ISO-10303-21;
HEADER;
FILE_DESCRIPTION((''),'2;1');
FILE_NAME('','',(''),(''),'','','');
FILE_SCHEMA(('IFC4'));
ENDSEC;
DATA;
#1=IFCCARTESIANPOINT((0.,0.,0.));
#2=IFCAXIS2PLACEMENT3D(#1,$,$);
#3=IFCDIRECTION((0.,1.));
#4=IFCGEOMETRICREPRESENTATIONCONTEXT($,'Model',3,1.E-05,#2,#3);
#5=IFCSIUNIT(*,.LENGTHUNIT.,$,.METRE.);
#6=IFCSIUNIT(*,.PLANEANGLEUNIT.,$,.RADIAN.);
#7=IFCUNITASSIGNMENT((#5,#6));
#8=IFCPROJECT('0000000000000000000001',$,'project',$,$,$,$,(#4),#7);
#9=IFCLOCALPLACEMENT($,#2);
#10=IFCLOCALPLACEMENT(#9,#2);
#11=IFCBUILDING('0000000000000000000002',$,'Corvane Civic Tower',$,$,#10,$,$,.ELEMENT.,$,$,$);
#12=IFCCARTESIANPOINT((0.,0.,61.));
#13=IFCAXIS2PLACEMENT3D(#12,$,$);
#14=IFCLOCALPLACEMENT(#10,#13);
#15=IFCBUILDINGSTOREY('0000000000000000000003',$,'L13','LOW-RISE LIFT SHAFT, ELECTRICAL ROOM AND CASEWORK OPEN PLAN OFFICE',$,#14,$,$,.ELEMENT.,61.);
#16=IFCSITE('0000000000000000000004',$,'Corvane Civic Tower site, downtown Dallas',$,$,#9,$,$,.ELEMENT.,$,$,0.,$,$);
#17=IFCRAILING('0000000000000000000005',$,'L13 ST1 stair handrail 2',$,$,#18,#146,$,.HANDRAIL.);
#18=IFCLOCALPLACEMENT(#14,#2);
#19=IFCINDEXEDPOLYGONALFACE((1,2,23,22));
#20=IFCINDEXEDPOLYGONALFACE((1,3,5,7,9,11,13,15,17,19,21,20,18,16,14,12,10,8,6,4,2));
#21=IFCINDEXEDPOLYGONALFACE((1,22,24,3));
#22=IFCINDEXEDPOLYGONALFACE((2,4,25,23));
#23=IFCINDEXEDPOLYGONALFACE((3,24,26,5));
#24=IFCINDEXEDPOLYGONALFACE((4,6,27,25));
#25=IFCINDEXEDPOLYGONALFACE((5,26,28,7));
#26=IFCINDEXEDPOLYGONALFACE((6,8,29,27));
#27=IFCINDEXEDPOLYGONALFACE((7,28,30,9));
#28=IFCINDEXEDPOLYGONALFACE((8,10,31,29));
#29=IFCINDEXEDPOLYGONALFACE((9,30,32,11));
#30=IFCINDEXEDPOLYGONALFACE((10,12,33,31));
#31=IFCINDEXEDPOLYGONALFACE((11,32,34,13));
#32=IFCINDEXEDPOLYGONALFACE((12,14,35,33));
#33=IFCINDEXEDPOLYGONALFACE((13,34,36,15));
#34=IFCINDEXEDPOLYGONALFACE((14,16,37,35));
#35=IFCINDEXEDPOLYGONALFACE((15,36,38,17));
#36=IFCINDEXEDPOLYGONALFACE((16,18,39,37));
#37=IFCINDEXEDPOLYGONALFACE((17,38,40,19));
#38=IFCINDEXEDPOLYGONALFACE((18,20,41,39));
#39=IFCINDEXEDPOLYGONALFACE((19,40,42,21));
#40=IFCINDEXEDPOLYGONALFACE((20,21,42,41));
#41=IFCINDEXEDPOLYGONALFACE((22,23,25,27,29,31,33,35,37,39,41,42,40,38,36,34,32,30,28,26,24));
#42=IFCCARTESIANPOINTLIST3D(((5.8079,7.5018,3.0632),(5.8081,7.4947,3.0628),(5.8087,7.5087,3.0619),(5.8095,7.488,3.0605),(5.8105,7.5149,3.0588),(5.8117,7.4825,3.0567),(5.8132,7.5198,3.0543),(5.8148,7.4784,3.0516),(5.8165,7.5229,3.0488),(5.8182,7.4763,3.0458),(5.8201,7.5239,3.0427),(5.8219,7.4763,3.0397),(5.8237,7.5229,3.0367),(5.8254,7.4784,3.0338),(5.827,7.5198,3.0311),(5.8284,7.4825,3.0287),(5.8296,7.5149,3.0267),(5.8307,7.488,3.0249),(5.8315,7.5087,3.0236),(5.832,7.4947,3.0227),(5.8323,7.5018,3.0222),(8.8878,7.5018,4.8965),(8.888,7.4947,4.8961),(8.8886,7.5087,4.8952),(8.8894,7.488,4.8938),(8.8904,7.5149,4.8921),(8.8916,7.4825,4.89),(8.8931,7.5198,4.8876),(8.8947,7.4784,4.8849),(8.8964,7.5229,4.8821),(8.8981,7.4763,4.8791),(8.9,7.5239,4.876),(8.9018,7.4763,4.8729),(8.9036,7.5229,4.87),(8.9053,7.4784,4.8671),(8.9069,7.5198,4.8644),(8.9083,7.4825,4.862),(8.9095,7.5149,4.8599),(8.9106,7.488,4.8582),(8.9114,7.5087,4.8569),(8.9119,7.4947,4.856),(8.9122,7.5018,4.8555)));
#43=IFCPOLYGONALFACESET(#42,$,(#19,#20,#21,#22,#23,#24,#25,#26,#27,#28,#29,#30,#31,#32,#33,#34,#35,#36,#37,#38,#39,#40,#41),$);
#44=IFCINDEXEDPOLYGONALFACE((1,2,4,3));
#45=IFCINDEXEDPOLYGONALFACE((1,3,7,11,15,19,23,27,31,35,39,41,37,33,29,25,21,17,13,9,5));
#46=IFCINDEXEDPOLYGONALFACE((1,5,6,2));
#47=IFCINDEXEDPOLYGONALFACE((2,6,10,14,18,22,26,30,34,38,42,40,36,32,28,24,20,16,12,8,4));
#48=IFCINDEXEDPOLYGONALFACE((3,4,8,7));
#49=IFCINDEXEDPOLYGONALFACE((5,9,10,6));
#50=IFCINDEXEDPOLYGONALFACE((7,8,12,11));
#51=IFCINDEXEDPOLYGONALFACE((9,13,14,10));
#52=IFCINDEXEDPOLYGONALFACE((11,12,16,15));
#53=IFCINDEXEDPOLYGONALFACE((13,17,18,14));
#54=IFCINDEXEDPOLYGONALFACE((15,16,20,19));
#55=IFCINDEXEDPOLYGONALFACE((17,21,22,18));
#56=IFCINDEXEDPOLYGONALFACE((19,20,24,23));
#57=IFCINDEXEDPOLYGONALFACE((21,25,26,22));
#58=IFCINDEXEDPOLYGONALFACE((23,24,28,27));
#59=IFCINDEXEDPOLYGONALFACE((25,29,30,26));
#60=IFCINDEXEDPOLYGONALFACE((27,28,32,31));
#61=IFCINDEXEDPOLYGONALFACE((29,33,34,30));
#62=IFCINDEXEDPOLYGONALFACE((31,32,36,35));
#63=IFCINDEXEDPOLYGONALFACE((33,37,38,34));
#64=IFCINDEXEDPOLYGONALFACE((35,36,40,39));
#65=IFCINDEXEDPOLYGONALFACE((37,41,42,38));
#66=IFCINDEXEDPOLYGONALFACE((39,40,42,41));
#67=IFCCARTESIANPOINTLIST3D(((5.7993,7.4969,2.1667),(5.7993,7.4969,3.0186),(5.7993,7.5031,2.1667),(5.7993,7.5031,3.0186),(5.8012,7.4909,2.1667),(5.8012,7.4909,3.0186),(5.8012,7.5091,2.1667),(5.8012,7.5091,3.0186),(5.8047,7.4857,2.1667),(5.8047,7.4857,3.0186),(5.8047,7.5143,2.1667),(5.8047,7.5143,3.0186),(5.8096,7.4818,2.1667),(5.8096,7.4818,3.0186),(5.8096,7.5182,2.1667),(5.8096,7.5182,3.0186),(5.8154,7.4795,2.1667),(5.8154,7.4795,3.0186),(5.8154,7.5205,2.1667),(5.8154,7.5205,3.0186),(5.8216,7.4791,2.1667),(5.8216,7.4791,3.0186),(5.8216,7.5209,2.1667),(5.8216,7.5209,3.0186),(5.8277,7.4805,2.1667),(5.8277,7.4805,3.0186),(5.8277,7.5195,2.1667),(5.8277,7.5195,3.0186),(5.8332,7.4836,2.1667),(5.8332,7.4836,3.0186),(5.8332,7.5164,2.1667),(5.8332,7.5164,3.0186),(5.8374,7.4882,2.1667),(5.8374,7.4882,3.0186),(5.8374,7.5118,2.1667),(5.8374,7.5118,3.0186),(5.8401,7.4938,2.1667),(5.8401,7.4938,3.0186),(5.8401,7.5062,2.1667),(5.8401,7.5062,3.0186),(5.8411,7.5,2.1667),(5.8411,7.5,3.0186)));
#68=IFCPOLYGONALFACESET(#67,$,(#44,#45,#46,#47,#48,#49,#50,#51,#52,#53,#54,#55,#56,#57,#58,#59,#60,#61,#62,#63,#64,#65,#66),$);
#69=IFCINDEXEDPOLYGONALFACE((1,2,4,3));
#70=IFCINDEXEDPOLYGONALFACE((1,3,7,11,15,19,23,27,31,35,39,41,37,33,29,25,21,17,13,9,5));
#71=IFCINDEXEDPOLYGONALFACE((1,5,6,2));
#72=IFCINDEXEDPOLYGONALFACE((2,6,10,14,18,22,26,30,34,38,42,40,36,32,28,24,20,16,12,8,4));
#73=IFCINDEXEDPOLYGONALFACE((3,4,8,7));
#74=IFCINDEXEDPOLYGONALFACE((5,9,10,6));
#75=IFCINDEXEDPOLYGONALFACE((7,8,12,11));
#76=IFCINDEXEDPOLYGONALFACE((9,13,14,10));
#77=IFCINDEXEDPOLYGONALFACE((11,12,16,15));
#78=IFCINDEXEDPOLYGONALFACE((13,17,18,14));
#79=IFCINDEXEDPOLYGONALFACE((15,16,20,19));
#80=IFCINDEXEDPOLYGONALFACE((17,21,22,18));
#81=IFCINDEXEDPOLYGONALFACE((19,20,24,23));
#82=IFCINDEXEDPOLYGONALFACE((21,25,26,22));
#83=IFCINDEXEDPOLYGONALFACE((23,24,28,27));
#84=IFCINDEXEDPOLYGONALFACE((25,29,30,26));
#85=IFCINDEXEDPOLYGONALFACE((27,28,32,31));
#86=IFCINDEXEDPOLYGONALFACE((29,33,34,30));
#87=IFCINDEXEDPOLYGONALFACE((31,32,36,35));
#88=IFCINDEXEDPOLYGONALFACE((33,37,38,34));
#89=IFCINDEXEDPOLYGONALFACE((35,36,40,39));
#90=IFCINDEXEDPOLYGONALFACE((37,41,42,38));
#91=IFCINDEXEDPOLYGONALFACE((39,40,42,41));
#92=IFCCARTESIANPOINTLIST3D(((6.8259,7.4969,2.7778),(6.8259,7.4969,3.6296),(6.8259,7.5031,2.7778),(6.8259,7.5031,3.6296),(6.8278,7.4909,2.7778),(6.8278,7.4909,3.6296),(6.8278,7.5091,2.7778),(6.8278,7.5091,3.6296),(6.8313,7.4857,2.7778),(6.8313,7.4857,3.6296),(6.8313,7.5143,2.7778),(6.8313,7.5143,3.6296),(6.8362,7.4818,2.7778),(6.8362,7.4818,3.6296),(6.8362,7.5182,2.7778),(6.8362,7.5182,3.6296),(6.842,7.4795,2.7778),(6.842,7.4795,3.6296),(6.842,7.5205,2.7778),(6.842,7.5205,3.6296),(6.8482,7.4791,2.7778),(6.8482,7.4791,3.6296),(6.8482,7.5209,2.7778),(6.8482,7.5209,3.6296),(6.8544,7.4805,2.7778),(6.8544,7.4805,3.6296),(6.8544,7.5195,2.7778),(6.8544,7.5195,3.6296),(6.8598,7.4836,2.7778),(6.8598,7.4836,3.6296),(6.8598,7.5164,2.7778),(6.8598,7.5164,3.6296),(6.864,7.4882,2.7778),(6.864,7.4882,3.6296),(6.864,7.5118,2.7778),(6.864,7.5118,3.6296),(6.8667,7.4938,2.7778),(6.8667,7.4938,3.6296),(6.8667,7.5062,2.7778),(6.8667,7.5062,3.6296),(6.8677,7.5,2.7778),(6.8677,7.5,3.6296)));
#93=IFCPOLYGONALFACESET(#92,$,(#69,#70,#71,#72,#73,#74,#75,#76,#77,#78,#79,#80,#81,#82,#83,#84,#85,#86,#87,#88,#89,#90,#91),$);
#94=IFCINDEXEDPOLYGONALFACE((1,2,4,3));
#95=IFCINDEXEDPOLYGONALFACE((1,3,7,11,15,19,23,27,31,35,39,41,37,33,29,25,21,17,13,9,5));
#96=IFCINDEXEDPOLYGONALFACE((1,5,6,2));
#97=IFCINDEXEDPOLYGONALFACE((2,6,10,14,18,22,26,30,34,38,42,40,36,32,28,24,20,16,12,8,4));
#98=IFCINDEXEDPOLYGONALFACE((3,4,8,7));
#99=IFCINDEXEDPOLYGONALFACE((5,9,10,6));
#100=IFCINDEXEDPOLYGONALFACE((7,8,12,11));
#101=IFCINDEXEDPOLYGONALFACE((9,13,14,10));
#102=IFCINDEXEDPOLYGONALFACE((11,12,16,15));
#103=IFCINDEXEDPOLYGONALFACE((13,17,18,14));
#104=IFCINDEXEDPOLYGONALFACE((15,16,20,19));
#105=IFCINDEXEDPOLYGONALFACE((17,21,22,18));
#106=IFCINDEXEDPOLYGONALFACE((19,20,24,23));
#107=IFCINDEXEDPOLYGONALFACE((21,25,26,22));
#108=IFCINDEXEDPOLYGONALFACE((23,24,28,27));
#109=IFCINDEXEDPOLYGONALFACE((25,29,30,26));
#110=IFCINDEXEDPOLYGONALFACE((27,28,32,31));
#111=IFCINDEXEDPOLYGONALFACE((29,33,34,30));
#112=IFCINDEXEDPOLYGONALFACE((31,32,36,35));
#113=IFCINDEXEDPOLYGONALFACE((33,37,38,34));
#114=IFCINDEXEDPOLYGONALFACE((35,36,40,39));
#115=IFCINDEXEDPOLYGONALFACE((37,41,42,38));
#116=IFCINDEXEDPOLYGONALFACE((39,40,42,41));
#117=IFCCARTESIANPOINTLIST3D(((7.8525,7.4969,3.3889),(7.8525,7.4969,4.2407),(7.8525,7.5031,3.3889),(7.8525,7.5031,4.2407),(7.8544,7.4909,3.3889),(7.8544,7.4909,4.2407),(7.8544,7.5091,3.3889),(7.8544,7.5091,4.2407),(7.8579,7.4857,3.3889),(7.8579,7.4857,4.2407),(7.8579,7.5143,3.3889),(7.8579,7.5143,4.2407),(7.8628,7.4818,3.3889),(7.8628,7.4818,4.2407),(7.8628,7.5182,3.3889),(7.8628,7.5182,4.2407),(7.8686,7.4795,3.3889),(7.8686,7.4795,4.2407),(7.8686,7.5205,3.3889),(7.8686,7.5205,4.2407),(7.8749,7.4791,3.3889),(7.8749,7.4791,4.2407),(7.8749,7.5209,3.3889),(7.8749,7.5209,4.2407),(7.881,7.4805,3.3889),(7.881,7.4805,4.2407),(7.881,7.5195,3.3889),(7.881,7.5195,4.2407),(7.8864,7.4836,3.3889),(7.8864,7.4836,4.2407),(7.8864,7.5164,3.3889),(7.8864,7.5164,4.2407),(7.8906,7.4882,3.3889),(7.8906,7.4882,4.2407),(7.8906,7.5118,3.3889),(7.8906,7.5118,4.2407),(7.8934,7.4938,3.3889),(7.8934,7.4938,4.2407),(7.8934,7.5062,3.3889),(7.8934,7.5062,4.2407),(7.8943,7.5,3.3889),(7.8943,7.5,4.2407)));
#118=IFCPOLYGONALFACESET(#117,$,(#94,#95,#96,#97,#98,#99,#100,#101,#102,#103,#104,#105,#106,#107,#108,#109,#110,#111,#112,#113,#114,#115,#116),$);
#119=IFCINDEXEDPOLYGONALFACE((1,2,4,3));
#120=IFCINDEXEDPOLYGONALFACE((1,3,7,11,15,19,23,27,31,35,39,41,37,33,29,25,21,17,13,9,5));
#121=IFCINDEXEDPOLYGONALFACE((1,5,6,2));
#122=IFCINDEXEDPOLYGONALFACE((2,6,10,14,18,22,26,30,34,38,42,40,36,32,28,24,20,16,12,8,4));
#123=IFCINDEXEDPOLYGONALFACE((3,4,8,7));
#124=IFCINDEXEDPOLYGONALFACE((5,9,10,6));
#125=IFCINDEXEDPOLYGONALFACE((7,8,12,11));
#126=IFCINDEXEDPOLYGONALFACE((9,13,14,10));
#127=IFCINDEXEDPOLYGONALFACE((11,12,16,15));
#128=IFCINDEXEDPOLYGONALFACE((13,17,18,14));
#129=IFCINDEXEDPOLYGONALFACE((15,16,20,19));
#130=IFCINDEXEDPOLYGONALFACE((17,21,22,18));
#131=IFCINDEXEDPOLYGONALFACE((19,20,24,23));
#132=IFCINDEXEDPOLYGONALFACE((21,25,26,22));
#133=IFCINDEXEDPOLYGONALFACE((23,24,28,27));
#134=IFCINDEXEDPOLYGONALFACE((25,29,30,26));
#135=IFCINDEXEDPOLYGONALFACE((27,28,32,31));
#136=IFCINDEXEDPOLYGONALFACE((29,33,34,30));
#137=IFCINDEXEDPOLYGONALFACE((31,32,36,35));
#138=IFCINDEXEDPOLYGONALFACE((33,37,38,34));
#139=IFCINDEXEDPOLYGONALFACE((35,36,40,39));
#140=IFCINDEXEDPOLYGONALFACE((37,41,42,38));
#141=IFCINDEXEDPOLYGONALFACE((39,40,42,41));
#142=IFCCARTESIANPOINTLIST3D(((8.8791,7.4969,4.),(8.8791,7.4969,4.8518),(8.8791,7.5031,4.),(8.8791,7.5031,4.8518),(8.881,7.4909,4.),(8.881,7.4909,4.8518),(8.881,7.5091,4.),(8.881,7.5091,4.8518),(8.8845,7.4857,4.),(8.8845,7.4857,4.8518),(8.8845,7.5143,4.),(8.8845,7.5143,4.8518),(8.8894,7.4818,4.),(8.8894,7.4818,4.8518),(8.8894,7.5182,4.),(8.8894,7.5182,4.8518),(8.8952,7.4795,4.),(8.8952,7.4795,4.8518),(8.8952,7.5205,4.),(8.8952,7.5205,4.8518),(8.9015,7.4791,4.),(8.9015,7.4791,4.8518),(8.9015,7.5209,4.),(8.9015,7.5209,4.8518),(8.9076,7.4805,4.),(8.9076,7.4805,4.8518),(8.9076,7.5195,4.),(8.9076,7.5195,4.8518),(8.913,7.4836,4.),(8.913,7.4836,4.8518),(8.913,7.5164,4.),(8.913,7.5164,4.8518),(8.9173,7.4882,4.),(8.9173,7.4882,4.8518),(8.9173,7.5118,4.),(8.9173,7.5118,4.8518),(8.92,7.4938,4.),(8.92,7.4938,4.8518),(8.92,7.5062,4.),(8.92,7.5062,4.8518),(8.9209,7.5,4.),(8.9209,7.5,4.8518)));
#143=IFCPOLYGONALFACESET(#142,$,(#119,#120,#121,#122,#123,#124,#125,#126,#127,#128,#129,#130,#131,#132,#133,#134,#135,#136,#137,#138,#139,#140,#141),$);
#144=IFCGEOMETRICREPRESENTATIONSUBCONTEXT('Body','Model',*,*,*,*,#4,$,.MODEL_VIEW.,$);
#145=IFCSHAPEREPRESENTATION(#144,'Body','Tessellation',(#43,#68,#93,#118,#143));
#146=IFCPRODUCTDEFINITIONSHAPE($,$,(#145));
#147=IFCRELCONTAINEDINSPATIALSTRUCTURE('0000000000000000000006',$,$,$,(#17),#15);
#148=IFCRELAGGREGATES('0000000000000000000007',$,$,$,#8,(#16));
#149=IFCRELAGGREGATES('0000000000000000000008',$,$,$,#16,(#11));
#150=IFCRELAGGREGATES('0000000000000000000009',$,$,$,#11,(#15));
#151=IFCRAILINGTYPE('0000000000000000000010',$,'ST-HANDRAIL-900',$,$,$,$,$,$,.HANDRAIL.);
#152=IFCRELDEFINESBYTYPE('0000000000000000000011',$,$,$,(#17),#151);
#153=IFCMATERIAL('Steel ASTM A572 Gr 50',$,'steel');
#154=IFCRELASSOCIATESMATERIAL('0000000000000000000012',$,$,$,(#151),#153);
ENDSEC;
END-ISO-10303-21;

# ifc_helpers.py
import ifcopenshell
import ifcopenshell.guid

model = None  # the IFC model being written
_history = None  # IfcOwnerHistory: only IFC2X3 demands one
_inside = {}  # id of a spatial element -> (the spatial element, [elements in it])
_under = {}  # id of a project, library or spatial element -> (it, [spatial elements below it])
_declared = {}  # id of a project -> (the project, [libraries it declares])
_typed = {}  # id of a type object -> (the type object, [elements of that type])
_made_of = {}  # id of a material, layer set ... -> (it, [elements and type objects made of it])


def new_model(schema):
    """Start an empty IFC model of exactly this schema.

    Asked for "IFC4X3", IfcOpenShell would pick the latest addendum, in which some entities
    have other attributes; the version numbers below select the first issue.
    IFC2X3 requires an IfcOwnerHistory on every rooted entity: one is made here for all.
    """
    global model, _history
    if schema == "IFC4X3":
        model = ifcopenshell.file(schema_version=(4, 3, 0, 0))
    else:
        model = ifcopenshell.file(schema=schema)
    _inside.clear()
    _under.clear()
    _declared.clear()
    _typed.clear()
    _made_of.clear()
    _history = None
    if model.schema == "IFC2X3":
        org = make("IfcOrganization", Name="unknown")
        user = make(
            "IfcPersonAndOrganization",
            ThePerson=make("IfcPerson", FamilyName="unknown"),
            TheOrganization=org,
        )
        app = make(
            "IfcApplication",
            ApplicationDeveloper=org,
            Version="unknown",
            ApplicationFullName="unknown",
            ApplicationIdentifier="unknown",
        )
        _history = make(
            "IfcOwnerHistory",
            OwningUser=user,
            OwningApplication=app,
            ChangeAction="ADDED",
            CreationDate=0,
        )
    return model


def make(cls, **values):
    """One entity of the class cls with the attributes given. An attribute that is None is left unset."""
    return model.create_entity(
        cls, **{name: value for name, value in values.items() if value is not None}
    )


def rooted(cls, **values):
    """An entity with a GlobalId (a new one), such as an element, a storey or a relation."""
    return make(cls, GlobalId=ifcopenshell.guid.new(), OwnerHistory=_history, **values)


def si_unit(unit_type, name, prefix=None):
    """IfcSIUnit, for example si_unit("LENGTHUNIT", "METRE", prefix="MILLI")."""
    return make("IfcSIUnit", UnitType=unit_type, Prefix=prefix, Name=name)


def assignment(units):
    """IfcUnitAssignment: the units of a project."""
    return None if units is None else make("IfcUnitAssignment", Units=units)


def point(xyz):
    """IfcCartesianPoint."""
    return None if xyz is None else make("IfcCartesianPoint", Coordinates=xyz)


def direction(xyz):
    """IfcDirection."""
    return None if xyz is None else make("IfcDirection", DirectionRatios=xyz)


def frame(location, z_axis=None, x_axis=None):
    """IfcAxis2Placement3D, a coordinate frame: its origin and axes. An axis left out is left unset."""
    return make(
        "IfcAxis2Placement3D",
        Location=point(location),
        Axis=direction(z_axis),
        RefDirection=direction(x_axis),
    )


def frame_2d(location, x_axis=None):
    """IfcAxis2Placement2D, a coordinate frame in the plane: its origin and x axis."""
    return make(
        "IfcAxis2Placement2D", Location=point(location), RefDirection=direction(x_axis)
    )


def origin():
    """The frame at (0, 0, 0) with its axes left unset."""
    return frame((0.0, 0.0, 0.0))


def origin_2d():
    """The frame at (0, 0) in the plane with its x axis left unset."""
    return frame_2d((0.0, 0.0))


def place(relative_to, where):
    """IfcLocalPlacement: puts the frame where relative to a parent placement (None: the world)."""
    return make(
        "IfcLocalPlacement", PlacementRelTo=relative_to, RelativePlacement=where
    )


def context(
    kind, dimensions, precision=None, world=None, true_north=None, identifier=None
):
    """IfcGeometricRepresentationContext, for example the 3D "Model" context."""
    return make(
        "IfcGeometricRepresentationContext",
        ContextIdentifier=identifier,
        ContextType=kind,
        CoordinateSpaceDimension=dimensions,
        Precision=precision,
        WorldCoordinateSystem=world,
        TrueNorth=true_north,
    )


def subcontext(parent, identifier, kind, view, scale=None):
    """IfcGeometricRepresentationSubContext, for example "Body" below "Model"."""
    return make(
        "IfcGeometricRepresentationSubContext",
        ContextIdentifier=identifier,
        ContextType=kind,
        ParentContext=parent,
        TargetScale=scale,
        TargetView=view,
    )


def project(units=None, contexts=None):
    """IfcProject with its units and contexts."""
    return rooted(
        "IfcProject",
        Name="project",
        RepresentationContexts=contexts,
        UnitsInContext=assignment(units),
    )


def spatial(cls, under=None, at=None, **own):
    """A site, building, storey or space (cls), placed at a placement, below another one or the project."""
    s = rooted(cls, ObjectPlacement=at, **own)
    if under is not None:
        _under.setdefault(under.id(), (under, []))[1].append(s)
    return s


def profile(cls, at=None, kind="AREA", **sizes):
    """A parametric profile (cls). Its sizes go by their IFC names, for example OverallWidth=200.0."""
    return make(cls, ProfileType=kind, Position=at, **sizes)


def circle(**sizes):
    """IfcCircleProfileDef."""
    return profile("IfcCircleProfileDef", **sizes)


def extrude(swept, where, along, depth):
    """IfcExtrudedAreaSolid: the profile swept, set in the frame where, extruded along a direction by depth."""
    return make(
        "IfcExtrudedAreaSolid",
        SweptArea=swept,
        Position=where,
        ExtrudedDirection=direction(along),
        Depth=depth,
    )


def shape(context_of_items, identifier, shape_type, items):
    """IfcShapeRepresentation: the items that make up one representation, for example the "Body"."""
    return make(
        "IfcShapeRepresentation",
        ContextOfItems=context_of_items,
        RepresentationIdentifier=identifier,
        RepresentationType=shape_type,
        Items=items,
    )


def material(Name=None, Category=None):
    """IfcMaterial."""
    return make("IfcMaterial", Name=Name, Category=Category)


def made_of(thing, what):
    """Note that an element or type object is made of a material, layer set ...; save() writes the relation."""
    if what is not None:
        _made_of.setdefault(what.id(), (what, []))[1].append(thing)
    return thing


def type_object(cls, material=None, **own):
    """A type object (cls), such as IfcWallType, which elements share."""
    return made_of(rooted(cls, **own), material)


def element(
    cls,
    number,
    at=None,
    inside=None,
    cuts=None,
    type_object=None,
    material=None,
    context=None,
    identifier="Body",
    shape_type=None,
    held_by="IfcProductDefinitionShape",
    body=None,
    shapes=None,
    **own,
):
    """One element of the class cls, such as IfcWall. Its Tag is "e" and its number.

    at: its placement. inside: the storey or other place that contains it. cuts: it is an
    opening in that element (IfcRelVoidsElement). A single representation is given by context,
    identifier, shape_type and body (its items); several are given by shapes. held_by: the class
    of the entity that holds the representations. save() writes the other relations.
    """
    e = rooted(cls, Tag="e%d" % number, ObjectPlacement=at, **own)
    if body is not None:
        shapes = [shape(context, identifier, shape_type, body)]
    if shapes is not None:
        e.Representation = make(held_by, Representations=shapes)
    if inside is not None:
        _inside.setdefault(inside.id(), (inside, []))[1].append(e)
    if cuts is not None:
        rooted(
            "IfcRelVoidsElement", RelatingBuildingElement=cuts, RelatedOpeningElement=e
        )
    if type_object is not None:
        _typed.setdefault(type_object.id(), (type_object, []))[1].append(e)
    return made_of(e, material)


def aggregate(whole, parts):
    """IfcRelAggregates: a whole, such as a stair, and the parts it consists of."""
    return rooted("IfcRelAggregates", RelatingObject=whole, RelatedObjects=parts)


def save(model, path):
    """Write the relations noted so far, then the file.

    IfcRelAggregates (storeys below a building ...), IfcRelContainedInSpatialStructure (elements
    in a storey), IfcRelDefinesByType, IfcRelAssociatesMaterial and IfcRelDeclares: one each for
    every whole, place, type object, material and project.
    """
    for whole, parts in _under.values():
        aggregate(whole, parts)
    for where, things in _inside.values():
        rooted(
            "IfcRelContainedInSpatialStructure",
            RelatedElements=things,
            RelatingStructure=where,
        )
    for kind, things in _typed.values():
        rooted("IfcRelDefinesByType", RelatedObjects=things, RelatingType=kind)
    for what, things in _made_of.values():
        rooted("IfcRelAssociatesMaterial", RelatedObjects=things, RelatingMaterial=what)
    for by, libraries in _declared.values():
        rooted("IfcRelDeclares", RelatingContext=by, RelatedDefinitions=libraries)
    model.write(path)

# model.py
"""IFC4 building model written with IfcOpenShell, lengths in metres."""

from ifc_helpers import new_model, si_unit, direction, frame, origin, origin_2d, place, context, subcontext, project, spatial, circle, extrude, material, type_object, element, save


model = new_model("IFC4")

# Units and contexts
model_context = context("Model", 3, precision=1e-05, world=origin(), true_north=direction((0.0, 1.0)))
body_context = subcontext(model_context, "Body", "Model", "MODEL_VIEW")
ifc_project = project(units=[si_unit("LENGTHUNIT", "METRE"), si_unit("PLANEANGLEUNIT", "RADIAN")], contexts=[model_context])

# Site, building, storey
site_placement = place(None, origin())
site = spatial("IfcSite", under=ifc_project, at=site_placement, Name="Corvane Civic Tower site, downtown Dallas", CompositionType="ELEMENT", RefElevation=0.0)
building_placement = place(site_placement, origin())
building = spatial("IfcBuilding", under=site, at=building_placement, Name="Corvane Civic Tower", CompositionType="ELEMENT")
storey_placement = place(building_placement, frame((0.0, 0.0, 61.0)))
storey = spatial("IfcBuildingStorey", under=building, at=storey_placement, Name="L13", Description="LOW-RISE LIFT SHAFT, ELECTRICAL ROOM AND CASEWORK OPEN PLAN OFFICE", CompositionType="ELEMENT", Elevation=61.0)

# Railing
ifc_material_1 = material(Name="Steel ASTM A572 Gr 50", Category="steel")
railing_type_1 = type_object("IfcRailingType", Name="ST-HANDRAIL-900", PredefinedType="HANDRAIL", material=ifc_material_1)
railing_1_placement = place(storey_placement, frame((5.8201, 7.5, 2.1667)))
element("IfcRailing", 1, at=railing_1_placement, inside=storey, type_object=railing_type_1, Name="L13 ST1 stair handrail 2", PredefinedType="HANDRAIL", context=body_context, shape_type="SweptSolid", body=[
    extrude(circle(Radius=0.0239, at=origin_2d()), frame((0.0, 0.0, 0.876), z_axis=(0.859291, 0.0, 0.511487), x_axis=(0.0, 1.0, 0.0)), (0.0, 0.0, 1.0), 3.5842),
    extrude(circle(Radius=0.021, at=origin_2d()), origin(), (0.0, 0.0, 1.0), 0.8518),
    extrude(circle(Radius=0.021, at=origin_2d()), frame((1.0266, 0.0, 0.6111)), (0.0, 0.0, 1.0), 0.8518),
    extrude(circle(Radius=0.021, at=origin_2d()), frame((2.0532, 0.0, 1.2222)), (0.0, 0.0, 1.0), 0.8518),
    extrude(circle(Radius=0.021, at=origin_2d()), frame((3.0798, 0.0, 1.8333)), (0.0, 0.0, 1.0), 0.8518),
])

save(model, "model.ifc")
